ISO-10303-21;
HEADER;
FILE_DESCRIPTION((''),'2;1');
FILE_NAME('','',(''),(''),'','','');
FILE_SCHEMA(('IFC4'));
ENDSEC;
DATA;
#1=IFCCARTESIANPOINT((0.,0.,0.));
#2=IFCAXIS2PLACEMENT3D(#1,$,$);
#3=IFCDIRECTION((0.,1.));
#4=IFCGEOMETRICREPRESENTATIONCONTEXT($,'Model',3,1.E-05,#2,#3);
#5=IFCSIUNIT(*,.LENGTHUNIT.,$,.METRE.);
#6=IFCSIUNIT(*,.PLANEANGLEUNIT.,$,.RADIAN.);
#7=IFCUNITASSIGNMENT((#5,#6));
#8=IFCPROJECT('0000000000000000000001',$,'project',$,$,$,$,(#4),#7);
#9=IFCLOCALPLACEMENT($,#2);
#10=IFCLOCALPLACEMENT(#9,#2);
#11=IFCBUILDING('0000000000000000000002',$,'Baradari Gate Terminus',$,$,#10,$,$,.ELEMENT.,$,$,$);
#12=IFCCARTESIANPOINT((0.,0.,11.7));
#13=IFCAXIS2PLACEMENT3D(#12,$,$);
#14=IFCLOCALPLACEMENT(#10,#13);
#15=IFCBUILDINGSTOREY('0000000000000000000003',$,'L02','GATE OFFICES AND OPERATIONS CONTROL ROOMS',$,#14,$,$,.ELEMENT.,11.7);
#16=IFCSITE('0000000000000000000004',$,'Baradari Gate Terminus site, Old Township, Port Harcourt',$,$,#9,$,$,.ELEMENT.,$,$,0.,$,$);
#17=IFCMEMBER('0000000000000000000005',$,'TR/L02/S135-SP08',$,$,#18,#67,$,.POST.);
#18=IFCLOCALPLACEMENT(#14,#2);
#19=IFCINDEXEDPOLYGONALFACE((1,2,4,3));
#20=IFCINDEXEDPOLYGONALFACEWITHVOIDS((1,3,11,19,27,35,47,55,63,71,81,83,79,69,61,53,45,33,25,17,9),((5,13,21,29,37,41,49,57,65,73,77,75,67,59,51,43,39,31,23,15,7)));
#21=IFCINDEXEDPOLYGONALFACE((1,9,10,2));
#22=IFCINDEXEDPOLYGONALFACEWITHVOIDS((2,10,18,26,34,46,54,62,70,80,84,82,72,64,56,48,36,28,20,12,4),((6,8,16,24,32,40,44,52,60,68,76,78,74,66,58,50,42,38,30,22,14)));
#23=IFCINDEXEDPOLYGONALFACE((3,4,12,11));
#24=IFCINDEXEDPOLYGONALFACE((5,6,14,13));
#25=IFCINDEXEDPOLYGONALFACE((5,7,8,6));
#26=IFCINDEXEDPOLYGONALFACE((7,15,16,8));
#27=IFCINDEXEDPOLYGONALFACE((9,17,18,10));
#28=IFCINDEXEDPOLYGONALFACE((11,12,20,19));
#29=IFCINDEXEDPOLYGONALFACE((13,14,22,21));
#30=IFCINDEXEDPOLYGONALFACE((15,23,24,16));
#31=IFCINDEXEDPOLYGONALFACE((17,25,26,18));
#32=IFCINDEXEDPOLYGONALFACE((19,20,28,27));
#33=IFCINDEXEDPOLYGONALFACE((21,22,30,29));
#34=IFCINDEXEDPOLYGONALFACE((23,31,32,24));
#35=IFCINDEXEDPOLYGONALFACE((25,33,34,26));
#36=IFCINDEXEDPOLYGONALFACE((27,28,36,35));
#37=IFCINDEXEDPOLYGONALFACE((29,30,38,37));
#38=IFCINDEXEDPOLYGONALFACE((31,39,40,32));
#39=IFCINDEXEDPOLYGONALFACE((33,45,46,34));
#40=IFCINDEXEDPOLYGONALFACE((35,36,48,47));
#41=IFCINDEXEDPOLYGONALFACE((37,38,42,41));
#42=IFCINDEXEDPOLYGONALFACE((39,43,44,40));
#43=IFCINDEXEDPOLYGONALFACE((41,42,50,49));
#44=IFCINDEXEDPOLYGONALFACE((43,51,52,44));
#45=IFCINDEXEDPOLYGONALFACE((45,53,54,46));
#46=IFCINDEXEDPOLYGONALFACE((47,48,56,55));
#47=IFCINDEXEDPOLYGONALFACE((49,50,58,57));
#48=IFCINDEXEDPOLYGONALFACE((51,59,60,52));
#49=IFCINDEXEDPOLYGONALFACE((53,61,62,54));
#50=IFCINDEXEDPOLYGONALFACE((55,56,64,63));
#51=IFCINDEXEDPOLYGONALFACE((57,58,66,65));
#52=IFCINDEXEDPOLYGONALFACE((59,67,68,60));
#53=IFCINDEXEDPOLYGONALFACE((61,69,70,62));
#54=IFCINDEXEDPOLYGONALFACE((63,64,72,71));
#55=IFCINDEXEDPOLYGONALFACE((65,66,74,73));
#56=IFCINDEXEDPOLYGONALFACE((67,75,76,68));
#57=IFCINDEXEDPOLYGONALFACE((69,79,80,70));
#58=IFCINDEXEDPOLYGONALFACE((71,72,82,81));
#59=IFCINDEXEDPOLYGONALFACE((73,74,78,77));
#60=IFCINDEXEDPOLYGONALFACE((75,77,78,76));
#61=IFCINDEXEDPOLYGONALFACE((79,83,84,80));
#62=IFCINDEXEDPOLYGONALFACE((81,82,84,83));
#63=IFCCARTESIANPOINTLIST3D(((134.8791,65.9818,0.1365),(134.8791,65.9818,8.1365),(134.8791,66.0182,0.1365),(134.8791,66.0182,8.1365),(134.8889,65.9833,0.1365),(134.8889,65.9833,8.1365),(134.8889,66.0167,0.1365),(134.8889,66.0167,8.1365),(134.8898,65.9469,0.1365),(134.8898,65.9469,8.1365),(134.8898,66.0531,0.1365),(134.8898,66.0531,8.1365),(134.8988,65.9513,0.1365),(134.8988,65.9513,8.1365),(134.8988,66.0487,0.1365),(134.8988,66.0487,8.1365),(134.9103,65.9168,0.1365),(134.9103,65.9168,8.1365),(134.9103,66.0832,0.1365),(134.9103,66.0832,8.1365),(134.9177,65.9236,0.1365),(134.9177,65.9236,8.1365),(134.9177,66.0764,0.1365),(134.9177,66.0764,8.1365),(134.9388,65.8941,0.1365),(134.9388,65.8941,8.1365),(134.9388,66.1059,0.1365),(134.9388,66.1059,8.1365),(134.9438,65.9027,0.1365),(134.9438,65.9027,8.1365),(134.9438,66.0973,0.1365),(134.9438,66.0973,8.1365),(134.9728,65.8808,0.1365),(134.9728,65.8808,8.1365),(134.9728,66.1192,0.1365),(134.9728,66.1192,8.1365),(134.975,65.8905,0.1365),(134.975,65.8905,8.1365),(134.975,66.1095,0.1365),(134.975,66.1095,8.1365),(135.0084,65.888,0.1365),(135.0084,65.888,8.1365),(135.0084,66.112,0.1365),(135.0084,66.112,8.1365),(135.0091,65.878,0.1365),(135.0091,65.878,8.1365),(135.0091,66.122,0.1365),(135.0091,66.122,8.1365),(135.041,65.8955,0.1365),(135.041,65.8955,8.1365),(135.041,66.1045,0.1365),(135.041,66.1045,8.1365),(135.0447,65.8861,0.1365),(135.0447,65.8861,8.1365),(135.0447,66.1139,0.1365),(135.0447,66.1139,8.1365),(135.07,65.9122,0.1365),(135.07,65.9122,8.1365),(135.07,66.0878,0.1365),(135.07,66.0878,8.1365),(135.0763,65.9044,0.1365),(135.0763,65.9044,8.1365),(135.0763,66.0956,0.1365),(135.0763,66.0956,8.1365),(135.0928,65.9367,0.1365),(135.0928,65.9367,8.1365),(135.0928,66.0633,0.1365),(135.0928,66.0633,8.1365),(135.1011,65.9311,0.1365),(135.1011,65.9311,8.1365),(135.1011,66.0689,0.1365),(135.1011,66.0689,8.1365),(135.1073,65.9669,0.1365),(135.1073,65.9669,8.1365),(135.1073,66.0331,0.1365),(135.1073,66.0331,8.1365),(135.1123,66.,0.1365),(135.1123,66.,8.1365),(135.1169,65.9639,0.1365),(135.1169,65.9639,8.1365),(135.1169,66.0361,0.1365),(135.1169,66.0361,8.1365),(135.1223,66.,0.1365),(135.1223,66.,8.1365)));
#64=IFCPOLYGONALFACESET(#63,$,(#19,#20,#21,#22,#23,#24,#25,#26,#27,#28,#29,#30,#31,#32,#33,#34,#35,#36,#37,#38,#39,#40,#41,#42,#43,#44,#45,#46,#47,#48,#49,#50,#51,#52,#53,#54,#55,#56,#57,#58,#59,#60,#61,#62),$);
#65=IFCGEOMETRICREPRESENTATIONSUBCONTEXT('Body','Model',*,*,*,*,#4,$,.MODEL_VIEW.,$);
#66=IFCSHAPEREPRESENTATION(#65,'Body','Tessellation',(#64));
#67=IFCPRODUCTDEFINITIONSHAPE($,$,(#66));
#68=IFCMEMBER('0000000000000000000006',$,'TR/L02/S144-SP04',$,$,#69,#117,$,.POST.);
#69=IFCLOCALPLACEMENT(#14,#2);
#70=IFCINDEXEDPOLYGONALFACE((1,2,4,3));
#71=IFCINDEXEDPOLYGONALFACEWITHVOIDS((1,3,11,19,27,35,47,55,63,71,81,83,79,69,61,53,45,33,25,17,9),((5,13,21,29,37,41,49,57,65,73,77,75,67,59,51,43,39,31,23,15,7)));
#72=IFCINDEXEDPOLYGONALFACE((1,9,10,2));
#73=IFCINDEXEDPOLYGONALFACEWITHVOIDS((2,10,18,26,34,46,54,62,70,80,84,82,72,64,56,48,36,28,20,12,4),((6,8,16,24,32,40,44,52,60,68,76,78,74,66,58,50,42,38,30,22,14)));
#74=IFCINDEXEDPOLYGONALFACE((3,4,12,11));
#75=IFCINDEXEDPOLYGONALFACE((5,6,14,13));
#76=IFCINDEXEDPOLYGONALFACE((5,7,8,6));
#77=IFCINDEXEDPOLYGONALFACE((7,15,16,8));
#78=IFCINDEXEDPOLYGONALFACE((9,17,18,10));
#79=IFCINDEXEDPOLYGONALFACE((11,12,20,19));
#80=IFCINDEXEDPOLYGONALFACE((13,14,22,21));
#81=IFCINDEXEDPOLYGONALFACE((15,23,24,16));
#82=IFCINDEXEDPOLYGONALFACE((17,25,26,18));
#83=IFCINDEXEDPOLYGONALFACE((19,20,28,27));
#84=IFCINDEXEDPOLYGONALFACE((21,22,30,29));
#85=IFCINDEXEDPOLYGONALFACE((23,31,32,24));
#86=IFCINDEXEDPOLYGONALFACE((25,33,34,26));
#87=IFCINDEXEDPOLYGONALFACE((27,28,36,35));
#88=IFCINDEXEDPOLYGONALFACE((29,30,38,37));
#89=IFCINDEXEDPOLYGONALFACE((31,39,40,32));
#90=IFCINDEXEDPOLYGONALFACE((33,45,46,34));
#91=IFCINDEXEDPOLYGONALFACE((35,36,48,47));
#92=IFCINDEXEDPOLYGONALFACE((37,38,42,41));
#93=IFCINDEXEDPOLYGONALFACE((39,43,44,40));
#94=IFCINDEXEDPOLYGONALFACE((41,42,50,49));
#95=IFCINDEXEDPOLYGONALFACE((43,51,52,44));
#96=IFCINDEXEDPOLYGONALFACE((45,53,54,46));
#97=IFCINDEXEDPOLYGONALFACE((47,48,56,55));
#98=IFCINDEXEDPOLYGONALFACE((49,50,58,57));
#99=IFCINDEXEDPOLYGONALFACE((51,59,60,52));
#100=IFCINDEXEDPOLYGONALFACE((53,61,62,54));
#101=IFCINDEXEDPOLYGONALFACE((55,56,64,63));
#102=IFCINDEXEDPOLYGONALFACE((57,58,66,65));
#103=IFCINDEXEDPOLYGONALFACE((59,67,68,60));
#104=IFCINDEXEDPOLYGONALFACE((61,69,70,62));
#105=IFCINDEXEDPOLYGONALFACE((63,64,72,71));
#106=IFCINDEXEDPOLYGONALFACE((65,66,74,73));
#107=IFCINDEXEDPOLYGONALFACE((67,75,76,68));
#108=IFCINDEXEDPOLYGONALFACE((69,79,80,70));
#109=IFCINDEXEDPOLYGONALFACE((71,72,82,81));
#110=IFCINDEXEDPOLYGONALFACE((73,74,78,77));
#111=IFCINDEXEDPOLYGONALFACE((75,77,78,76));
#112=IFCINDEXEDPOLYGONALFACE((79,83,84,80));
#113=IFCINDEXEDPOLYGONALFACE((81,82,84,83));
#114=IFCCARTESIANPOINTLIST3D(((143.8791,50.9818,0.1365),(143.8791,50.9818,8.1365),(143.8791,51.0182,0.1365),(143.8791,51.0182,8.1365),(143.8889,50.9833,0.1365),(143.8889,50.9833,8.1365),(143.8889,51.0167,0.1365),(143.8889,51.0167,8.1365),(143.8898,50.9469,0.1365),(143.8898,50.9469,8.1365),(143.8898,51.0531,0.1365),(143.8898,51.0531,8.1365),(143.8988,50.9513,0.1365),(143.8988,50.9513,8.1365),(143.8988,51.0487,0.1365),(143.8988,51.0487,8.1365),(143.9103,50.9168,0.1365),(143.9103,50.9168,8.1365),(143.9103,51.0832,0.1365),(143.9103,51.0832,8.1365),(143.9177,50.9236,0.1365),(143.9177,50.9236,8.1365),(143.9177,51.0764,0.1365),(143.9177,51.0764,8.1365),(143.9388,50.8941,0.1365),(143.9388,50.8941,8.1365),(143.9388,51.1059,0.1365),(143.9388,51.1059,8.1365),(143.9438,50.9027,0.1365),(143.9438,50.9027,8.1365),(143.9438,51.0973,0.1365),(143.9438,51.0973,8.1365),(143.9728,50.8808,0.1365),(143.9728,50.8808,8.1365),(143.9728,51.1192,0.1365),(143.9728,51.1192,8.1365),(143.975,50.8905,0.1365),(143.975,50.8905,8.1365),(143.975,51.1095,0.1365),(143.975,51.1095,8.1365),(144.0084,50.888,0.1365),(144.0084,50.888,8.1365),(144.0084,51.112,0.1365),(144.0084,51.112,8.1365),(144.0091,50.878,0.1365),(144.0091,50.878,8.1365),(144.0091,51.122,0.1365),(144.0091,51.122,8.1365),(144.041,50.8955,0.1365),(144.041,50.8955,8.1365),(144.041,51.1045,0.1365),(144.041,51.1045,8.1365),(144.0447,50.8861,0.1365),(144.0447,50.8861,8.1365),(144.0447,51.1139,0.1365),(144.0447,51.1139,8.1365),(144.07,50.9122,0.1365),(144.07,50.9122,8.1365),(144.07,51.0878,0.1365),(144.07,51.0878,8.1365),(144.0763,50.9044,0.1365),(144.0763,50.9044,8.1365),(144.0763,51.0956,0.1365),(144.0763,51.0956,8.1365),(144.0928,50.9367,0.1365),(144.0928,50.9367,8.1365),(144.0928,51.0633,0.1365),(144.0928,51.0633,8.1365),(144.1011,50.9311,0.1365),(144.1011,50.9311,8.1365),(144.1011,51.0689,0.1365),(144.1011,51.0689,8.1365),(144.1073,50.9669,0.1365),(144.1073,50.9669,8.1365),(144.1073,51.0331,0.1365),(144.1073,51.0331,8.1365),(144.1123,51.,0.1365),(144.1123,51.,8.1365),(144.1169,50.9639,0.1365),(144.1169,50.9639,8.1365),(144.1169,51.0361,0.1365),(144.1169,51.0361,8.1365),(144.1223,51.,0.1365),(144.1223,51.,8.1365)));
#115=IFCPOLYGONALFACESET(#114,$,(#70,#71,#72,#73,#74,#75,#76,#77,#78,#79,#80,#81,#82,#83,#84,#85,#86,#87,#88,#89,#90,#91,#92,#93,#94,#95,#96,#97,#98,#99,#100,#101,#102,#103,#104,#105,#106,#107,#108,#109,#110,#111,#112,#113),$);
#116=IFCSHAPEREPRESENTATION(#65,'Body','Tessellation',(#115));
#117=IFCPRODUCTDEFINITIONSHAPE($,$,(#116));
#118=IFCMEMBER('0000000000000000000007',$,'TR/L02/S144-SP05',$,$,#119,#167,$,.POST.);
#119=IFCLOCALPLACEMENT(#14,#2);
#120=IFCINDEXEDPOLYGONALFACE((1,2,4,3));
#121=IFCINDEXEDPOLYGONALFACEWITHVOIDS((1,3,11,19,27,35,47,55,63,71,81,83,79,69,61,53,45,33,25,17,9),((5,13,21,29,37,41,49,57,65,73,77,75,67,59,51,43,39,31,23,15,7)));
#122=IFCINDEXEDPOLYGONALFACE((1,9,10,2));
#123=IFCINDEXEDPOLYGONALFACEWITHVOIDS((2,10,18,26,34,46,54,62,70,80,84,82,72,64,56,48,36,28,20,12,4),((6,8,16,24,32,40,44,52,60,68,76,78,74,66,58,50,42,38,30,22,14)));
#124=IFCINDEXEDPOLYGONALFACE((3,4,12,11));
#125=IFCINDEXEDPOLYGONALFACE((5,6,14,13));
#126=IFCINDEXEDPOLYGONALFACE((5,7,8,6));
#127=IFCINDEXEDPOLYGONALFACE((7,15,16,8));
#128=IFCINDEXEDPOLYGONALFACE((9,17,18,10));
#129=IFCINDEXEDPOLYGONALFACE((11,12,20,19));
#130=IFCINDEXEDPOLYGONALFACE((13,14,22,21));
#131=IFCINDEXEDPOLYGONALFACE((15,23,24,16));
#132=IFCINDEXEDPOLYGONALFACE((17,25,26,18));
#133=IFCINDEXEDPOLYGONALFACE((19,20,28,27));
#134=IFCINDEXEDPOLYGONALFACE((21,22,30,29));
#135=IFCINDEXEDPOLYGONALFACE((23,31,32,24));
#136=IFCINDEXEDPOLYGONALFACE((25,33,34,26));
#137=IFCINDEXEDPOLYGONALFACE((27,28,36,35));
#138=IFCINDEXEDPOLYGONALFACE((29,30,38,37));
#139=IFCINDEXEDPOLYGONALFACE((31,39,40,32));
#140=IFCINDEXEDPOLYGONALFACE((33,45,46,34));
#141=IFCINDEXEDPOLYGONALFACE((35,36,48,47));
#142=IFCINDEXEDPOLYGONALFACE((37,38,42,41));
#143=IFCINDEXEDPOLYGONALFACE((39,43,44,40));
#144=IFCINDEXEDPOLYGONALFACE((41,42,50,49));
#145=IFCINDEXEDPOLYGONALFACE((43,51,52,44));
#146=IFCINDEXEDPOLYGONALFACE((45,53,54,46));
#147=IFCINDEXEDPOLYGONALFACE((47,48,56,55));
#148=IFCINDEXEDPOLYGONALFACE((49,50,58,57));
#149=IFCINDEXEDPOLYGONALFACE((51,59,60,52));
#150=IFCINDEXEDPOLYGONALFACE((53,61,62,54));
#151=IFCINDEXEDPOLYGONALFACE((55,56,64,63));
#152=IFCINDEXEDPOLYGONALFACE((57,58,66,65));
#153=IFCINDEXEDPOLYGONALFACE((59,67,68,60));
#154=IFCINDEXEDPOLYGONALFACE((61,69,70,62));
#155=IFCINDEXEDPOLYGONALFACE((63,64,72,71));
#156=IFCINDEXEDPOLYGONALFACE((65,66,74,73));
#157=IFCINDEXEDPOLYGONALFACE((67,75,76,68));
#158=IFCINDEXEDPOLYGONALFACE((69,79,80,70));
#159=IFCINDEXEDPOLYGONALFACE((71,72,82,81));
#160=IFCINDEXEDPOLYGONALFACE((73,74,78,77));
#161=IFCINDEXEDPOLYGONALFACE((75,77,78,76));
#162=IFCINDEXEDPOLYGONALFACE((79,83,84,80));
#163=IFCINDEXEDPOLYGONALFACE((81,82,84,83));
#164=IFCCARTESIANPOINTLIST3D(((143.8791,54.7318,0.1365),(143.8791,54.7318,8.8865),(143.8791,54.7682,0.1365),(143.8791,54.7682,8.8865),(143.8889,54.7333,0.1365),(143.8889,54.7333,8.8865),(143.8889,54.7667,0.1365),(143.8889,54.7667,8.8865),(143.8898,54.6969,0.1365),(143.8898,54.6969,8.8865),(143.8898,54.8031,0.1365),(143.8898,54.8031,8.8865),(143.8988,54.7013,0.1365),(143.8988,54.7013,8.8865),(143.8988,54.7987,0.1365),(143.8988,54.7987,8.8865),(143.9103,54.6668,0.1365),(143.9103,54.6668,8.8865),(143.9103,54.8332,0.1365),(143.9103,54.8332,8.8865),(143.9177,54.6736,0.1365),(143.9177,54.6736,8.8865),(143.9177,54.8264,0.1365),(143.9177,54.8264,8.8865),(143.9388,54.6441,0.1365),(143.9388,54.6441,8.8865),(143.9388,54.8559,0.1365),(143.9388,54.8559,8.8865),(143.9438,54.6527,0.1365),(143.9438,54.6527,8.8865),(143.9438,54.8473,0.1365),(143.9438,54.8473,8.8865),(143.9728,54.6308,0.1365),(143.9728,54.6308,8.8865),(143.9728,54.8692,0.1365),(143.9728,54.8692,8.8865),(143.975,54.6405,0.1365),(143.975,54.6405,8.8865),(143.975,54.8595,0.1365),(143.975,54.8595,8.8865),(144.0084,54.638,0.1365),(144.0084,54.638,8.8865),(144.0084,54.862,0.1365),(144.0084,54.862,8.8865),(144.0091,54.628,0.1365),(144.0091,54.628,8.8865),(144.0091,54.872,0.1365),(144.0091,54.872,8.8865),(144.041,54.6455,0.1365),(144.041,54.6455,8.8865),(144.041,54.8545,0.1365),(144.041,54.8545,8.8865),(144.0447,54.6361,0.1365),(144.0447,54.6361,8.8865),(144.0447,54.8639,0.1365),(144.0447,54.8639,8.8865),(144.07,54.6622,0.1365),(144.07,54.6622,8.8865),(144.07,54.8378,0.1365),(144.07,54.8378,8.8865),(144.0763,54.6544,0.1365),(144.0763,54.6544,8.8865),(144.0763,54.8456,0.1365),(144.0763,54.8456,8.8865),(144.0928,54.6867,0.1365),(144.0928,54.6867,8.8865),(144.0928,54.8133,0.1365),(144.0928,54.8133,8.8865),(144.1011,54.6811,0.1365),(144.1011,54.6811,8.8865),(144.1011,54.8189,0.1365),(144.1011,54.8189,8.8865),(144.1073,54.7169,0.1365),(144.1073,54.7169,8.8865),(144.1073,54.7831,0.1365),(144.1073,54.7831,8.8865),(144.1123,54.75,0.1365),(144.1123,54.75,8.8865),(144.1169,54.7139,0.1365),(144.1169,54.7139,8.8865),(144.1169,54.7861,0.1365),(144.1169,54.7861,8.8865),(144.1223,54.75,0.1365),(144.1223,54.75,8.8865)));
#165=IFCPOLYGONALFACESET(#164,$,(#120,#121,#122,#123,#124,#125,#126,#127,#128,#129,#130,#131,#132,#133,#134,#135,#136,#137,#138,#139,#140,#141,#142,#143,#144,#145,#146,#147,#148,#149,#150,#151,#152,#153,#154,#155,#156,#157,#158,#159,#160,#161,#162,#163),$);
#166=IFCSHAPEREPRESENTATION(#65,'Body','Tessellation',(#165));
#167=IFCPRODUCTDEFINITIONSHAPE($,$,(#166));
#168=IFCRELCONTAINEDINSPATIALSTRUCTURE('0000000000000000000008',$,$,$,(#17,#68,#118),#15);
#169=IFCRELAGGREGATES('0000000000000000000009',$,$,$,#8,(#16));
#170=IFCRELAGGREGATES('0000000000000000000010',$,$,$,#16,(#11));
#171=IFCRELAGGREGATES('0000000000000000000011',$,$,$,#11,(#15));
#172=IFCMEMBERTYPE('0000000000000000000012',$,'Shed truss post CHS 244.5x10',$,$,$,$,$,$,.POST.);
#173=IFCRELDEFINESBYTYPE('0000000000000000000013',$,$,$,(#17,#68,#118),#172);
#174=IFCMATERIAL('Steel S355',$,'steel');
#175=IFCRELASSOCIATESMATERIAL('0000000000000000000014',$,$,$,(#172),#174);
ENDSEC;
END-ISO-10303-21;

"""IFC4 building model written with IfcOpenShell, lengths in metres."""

from ifc_helpers import new_model, si_unit, direction, frame, origin, origin_2d, place, context, subcontext, project, spatial, hollow_circle, extrude, material, material_profile, profile_set, type_object, element, save


model = new_model("IFC4")

# Units and contexts
model_context = context("Model", 3, precision=1e-05, world=origin(), true_north=direction((0.0, 1.0)))
body_context = subcontext(model_context, "Body", "Model", "MODEL_VIEW")
ifc_project = project(units=[si_unit("LENGTHUNIT", "METRE"), si_unit("PLANEANGLEUNIT", "RADIAN")], contexts=[model_context])

# Site, building, storey
site_placement = place(None, origin())
site = spatial("IfcSite", under=ifc_project, at=site_placement, Name="Baradari Gate Terminus site, Old Township, Port Harcourt", CompositionType="ELEMENT", RefElevation=0.0)
building_placement = place(site_placement, origin())
building = spatial("IfcBuilding", under=site, at=building_placement, Name="Baradari Gate Terminus", CompositionType="ELEMENT")
storey_placement = place(building_placement, frame((0.0, 0.0, 11.7)))
storey = spatial("IfcBuildingStorey", under=building, at=storey_placement, Name="L02", Description="GATE OFFICES AND OPERATIONS CONTROL ROOMS", CompositionType="ELEMENT", Elevation=11.7)

# Members
ifc_material_1 = material(Name="Steel S355", Category="steel")
ifc_material_profile_1 = material_profile(ifc_material_1, hollow_circle(Radius=0.1223, WallThickness=0.01, at=origin_2d()), Name="CHS 244.5x10")
ifc_profile_set_1 = profile_set([ifc_material_profile_1], Name="Steel S355")
member_type_1 = type_object("IfcMemberType", Name="Shed truss post CHS 244.5x10", PredefinedType="POST", material=ifc_profile_set_1)
for number, where, z_axis, x_axis, name in (
    (1, (135.0, 66.0, 0.1365), (0.0, 0.0, 1.0), (1.0, 0.0, 0.0), "TR/L02/S135-SP08"),
    (2, (144.0, 51.0, 0.1365), (0.0, 0.0, 1.0), (1.0, 0.0, 0.0), "TR/L02/S144-SP04"),
):
    element("IfcMember", number, at=place(storey_placement, frame(where, z_axis=z_axis, x_axis=x_axis)), inside=storey, type_object=member_type_1, Name=name, PredefinedType="POST", context=body_context, shape_type="SweptSolid", body=[
        extrude(hollow_circle(Radius=0.1223, WallThickness=0.01, at=origin_2d()), origin(), (0.0, 0.0, 1.0), 8.0),
    ])
member_1_placement = place(storey_placement, frame((144.0, 54.75, 0.1365), z_axis=(0.0, 0.0, 1.0), x_axis=(1.0, 0.0, 0.0)))
element("IfcMember", 3, at=member_1_placement, inside=storey, type_object=member_type_1, Name="TR/L02/S144-SP05", PredefinedType="POST", context=body_context, shape_type="SweptSolid", body=[
    extrude(hollow_circle(Radius=0.1223, WallThickness=0.01, at=origin_2d()), origin(), (0.0, 0.0, 1.0), 8.75),
])

save(model, "model.ifc")
